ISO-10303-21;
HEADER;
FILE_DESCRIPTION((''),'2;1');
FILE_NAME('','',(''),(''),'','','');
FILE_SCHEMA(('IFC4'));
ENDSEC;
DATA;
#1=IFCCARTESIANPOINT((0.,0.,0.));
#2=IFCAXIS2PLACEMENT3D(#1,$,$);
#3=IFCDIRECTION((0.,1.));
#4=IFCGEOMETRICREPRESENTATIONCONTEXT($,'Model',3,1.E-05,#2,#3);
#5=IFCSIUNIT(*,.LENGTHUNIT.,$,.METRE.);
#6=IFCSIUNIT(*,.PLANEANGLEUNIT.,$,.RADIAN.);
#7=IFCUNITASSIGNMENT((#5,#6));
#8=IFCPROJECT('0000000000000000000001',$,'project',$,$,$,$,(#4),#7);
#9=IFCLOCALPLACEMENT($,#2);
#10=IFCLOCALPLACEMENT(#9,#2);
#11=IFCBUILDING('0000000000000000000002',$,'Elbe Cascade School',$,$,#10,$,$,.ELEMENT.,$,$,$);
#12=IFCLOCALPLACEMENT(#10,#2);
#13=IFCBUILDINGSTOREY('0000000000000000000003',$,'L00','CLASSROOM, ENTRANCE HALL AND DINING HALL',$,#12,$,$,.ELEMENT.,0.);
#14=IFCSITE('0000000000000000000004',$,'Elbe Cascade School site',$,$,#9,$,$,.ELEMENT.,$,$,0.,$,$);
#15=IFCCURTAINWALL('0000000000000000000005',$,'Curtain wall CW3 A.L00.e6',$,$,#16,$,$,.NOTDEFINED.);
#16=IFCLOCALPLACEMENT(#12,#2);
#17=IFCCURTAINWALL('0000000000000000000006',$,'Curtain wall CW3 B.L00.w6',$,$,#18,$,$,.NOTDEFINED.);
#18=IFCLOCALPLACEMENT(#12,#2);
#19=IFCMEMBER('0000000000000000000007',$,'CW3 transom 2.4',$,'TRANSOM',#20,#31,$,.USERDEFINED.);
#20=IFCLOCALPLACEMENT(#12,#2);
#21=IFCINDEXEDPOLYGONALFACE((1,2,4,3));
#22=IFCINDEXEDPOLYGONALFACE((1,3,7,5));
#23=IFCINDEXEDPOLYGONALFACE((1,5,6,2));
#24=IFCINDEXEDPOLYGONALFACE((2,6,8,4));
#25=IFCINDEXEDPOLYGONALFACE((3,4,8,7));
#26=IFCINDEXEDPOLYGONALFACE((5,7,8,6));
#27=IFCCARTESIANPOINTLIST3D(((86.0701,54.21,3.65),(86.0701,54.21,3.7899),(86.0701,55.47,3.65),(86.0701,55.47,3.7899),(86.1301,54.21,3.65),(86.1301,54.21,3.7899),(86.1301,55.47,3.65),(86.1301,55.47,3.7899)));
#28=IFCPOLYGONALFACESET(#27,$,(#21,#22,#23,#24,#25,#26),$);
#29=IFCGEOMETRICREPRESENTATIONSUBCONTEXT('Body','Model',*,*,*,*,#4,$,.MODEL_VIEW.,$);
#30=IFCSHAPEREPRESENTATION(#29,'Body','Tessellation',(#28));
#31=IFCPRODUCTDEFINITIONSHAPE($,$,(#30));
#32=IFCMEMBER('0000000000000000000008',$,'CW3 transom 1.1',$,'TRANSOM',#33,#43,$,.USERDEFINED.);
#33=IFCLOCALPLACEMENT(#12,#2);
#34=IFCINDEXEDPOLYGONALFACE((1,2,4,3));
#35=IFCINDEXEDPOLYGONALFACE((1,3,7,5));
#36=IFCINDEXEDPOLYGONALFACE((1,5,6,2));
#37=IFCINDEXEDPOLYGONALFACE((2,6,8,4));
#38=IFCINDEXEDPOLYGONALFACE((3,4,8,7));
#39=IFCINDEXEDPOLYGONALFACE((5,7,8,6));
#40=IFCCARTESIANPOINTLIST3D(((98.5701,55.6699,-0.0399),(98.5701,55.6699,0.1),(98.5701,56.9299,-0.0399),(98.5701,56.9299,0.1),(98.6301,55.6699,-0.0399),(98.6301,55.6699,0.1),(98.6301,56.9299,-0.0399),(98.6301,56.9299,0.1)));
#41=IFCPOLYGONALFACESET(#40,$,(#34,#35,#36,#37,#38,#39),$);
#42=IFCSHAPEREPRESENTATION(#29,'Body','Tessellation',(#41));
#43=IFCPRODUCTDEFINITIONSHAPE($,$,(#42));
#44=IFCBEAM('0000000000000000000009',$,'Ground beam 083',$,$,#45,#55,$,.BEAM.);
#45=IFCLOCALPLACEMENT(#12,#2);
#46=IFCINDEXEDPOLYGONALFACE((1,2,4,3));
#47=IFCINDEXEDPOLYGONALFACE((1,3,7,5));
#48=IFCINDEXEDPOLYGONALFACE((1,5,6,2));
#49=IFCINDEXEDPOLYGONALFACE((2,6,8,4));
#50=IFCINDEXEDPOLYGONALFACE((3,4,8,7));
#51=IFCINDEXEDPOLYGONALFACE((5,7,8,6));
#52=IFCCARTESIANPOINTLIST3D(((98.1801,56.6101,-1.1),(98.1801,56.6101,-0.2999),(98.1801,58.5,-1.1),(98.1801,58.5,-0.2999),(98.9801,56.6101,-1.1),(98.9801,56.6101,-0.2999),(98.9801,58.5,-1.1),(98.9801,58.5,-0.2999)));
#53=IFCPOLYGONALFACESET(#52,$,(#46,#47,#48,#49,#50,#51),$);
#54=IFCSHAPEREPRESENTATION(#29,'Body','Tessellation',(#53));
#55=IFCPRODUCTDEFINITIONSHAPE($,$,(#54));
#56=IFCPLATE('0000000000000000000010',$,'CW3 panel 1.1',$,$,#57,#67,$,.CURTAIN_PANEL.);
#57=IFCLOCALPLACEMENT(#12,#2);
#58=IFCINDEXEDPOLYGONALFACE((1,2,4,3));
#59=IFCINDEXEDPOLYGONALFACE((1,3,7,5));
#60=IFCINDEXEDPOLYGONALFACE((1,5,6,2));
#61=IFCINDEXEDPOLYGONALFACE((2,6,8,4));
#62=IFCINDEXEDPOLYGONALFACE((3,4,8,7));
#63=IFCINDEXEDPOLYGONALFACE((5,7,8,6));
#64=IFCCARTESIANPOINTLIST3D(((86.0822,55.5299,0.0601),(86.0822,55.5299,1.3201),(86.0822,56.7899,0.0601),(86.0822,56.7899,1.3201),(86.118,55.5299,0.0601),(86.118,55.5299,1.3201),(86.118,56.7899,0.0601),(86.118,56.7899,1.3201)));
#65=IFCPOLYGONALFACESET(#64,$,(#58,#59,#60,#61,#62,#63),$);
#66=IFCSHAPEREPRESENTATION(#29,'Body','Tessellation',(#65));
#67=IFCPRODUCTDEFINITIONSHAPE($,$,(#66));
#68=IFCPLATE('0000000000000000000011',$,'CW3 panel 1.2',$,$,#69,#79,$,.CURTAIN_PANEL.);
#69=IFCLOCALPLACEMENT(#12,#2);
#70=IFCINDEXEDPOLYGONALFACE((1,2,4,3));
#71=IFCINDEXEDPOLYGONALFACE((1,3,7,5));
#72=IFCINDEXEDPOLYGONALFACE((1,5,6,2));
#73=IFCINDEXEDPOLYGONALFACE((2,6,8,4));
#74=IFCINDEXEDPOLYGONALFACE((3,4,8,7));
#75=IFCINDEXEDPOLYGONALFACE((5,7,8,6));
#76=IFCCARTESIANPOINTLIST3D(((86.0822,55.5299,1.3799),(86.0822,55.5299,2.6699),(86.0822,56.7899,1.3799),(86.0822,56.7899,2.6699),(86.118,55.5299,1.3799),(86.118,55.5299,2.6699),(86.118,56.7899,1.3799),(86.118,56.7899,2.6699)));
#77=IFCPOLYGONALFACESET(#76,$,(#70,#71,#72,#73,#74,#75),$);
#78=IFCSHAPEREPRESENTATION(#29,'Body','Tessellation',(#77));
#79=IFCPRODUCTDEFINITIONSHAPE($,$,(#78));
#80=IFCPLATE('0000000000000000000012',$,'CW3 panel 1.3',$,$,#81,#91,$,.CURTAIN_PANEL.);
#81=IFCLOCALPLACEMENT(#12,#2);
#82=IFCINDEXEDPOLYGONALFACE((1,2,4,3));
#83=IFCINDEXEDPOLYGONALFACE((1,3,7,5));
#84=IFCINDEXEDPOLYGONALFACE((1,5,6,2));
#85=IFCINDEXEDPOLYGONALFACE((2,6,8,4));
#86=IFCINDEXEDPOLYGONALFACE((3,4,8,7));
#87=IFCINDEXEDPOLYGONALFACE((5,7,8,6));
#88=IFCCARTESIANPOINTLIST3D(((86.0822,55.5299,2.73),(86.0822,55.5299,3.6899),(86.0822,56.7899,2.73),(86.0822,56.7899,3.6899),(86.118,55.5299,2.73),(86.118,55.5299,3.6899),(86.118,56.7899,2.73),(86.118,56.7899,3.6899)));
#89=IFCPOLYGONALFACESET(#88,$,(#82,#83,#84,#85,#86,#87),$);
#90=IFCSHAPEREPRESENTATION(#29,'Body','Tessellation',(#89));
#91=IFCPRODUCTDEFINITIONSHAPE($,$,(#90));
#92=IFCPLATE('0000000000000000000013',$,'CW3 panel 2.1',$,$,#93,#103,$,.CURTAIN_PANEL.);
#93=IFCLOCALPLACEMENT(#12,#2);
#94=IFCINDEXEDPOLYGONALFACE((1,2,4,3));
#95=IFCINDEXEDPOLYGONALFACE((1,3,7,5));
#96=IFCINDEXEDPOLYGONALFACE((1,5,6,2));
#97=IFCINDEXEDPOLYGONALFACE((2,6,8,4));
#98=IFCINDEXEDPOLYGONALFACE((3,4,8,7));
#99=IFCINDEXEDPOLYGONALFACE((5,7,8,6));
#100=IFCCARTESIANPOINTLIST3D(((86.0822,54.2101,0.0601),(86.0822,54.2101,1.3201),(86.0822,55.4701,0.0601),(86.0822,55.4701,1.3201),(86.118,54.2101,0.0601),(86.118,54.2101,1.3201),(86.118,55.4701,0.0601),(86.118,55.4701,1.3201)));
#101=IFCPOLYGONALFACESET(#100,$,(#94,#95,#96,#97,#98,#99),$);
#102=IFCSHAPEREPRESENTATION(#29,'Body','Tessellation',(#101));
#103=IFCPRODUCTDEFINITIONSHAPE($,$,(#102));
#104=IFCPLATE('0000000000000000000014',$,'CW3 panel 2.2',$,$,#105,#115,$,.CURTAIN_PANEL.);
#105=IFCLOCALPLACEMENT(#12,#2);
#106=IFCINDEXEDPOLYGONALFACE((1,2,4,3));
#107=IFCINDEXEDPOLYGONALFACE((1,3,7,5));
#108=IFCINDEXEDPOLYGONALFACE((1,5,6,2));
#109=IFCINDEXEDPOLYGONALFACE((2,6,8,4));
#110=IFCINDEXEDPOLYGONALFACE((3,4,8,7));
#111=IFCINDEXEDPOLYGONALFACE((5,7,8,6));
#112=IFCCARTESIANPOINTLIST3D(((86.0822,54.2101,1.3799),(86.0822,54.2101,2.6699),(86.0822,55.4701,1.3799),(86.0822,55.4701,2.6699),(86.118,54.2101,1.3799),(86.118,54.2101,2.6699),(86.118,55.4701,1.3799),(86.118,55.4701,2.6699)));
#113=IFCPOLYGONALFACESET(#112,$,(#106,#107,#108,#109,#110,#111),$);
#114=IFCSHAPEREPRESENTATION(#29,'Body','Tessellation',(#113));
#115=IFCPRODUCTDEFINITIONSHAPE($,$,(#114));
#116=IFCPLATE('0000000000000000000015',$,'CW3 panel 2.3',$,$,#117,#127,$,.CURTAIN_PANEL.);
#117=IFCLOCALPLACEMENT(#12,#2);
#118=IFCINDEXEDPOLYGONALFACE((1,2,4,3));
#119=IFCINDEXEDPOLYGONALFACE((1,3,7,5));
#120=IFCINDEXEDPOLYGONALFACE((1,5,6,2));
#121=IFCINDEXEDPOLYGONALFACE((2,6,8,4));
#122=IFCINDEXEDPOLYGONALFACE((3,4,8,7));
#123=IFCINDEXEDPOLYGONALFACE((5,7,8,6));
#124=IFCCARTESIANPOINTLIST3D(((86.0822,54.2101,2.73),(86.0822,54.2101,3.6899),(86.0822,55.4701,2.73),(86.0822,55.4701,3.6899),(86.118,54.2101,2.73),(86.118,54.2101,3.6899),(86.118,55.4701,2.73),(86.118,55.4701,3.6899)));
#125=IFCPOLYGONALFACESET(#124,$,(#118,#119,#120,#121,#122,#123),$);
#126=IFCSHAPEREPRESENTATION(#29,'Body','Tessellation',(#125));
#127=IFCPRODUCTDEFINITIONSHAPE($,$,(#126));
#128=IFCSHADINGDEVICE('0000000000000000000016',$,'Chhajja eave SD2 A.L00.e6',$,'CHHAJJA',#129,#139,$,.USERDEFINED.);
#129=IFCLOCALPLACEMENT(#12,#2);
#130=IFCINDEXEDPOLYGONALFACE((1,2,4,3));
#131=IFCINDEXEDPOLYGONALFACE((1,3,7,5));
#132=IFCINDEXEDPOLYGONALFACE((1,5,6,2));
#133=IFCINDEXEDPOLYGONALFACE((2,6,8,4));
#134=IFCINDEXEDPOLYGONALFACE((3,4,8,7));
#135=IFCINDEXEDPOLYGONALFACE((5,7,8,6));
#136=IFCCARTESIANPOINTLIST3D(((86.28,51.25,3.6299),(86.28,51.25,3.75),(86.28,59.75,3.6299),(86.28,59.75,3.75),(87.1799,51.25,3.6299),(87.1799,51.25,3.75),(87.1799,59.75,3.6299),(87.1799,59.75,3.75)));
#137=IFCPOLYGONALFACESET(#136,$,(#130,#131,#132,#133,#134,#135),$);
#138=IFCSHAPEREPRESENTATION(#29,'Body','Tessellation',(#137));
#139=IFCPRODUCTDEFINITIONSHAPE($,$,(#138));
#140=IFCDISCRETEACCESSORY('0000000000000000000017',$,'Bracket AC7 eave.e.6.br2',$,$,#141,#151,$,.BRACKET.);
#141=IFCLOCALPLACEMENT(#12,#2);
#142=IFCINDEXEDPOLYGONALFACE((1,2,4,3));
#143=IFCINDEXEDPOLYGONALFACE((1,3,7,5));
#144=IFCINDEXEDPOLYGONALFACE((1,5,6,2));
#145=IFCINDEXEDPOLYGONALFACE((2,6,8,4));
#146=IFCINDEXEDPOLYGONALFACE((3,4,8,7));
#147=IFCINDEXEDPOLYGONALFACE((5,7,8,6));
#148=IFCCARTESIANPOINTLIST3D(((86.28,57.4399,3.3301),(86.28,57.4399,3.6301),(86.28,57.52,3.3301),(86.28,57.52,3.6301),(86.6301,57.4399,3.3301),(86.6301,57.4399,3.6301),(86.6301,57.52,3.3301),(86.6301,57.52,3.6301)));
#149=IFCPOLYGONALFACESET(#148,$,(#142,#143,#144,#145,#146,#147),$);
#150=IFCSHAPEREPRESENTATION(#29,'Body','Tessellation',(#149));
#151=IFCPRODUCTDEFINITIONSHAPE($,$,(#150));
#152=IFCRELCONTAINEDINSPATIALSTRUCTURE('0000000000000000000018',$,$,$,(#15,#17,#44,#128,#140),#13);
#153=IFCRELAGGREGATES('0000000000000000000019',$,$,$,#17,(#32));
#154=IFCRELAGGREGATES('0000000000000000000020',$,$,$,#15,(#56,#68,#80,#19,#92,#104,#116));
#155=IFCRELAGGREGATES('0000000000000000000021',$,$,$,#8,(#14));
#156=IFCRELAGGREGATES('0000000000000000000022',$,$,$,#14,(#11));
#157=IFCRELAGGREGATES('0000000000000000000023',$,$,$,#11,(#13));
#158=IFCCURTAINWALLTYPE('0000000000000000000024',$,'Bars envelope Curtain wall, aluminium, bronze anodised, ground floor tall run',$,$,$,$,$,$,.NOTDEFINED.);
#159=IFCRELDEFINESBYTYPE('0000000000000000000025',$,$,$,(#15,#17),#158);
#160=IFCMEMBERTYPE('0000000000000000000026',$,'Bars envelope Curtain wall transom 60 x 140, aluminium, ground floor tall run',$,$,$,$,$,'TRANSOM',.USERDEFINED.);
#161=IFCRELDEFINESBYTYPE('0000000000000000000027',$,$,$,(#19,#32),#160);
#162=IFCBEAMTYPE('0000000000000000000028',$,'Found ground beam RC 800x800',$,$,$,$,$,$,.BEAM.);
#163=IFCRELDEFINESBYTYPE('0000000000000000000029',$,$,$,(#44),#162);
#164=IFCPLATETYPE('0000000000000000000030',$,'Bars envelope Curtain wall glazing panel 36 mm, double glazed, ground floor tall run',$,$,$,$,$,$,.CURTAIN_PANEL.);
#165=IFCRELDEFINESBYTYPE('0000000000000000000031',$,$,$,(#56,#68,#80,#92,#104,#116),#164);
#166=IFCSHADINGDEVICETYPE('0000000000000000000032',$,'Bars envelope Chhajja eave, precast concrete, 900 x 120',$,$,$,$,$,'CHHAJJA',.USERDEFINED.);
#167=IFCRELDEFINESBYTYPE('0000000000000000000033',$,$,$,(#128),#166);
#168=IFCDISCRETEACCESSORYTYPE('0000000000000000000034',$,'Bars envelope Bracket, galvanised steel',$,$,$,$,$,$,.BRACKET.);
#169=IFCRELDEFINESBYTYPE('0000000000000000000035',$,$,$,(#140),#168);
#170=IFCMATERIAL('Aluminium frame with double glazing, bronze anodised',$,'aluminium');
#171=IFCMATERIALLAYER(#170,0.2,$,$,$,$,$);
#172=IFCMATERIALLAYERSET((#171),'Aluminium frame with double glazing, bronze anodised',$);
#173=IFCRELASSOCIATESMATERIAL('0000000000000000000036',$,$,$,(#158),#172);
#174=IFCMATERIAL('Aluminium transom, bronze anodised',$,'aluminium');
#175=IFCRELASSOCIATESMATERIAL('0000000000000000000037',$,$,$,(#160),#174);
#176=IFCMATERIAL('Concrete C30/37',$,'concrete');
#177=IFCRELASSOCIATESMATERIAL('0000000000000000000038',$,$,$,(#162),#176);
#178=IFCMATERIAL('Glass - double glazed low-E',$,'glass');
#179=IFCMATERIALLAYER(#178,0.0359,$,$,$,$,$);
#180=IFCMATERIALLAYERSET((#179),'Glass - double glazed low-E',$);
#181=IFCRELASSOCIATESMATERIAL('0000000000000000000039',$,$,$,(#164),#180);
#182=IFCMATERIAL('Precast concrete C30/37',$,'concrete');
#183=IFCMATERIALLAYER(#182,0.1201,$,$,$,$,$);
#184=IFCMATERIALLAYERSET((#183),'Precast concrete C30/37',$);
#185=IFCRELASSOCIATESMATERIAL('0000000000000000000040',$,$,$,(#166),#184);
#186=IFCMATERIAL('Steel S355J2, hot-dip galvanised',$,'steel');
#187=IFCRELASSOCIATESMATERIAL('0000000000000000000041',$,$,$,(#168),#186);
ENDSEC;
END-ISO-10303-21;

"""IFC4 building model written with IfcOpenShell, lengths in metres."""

from ifc_helpers import new_model, si_unit, direction, frame, origin, origin_2d, place, context, subcontext, project, spatial, rectangle, extrude, material, layer, layer_set, material_profile, profile_set, type_object, element, aggregate, save


model = new_model("IFC4")

# Units and contexts
model_context = context("Model", 3, precision=1e-05, world=origin(), true_north=direction((0.0, 1.0)))
body_context = subcontext(model_context, "Body", "Model", "MODEL_VIEW")
ifc_project = project(units=[si_unit("LENGTHUNIT", "METRE"), si_unit("PLANEANGLEUNIT", "RADIAN")], contexts=[model_context])

# Site, building, storey
site_placement = place(None, origin())
site = spatial("IfcSite", under=ifc_project, at=site_placement, Name="Elbe Cascade School site", CompositionType="ELEMENT", RefElevation=0.0)
building_placement = place(site_placement, origin())
building = spatial("IfcBuilding", under=site, at=building_placement, Name="Elbe Cascade School", CompositionType="ELEMENT")
storey_placement = place(building_placement, origin())
storey = spatial("IfcBuildingStorey", under=building, at=storey_placement, Name="L00", Description="CLASSROOM, ENTRANCE HALL AND DINING HALL", CompositionType="ELEMENT", Elevation=0.0)

# Curtain wall
ifc_material_1 = material(Name="Aluminium frame with double glazing, bronze anodised", Category="aluminium")
ifc_layer_1 = layer(ifc_material_1, 0.2)
ifc_layer_set_1 = layer_set([ifc_layer_1], Name="Aluminium frame with double glazing, bronze anodised")
curtain_wall_type = type_object("IfcCurtainWallType", Name="Bars envelope Curtain wall, aluminium, bronze anodised, ground floor tall run", PredefinedType="NOTDEFINED", material=ifc_layer_set_1)
curtain_wall_1_placement = place(storey_placement, origin())
curtain_wall_1 = element("IfcCurtainWall", 1, at=curtain_wall_1_placement, inside=storey, type_object=curtain_wall_type, Name="Curtain wall CW3 A.L00.e6", PredefinedType="NOTDEFINED")

# Curtain wall
curtain_wall_2_placement = place(storey_placement, origin())
curtain_wall_2 = element("IfcCurtainWall", 2, at=curtain_wall_2_placement, inside=storey, type_object=curtain_wall_type, Name="Curtain wall CW3 B.L00.w6", PredefinedType="NOTDEFINED")

# Members
ifc_material_2 = material(Name="Aluminium transom, bronze anodised", Category="aluminium")
ifc_material_profile_1 = material_profile(ifc_material_2, rectangle(XDim=0.0601, YDim=0.1399, at=origin_2d()), Name="Bars envelope Curtain wall transom 60 x 140, aluminium, ground floor tall run")
ifc_profile_set_1 = profile_set([ifc_material_profile_1], Name="Aluminium transom, bronze anodised")
member_type_1 = type_object("IfcMemberType", Name="Bars envelope Curtain wall transom 60 x 140, aluminium, ground floor tall run", ElementType="TRANSOM", PredefinedType="USERDEFINED", material=ifc_profile_set_1)
member_1_placement = place(storey_placement, frame((86.1001, 55.47, 3.72), z_axis=(0.0, -1.0, 0.0), x_axis=(1.0, 0.0, 0.0)))
member_1 = element("IfcMember", 3, at=member_1_placement, type_object=member_type_1, Name="CW3 transom 2.4", ObjectType="TRANSOM", PredefinedType="USERDEFINED", context=body_context, shape_type="SweptSolid", body=[
    extrude(rectangle(XDim=0.0601, YDim=0.1399, at=origin_2d()), origin(), (0.0, 0.0, 1.0), 1.26),
])
member_2_placement = place(storey_placement, frame((98.6001, 55.6699, 0.03), z_axis=(0.0, 1.0, 0.0), x_axis=(-1.0, 0.0, 0.0)))
member_2 = element("IfcMember", 4, at=member_2_placement, type_object=member_type_1, Name="CW3 transom 1.1", ObjectType="TRANSOM", PredefinedType="USERDEFINED", context=body_context, shape_type="SweptSolid", body=[
    extrude(rectangle(XDim=0.0601, YDim=0.1399, at=origin_2d()), origin(), (0.0, 0.0, 1.0), 1.26),
])
aggregate(curtain_wall_2, [member_2])

# Beam
ifc_material_3 = material(Name="Concrete C30/37", Category="concrete")
ifc_material_profile_2 = material_profile(ifc_material_3, rectangle(XDim=0.8, YDim=0.8, at=origin_2d()), Name="RC 800x800")
ifc_profile_set_2 = profile_set([ifc_material_profile_2], Name="Concrete C30/37")
beam_type = type_object("IfcBeamType", Name="Found ground beam RC 800x800", PredefinedType="BEAM", material=ifc_profile_set_2)
beam_placement = place(storey_placement, frame((98.5801, 56.6101, -0.7), z_axis=(0.0, 1.0, 0.0), x_axis=(-1.0, 0.0, 0.0)))
element("IfcBeam", 5, at=beam_placement, inside=storey, type_object=beam_type, Name="Ground beam 083", PredefinedType="BEAM", context=body_context, shape_type="SweptSolid", body=[
    extrude(rectangle(XDim=0.8, YDim=0.8, at=origin_2d()), origin(), (0.0, 0.0, 1.0), 1.8899),
])

# Plates
ifc_material_4 = material(Name="Glass - double glazed low-E", Category="glass")
ifc_layer_2 = layer(ifc_material_4, 0.0359)
ifc_layer_set_2 = layer_set([ifc_layer_2], Name="Glass - double glazed low-E")
plate_type = type_object("IfcPlateType", Name="Bars envelope Curtain wall glazing panel 36 mm, double glazed, ground floor tall run", PredefinedType="CURTAIN_PANEL", material=ifc_layer_set_2)
plate_1_placement = place(storey_placement, frame((86.1001, 56.1599, 0.0601), z_axis=(0.0, 0.0, 1.0), x_axis=(0.0, -1.0, 0.0)))
plate_1 = element("IfcPlate", 6, at=plate_1_placement, type_object=plate_type, Name="CW3 panel 1.1", PredefinedType="CURTAIN_PANEL", context=body_context, shape_type="SweptSolid", body=[
    extrude(rectangle(XDim=1.26, YDim=0.0359, at=origin_2d()), origin(), (0.0, 0.0, 1.0), 1.26),
])
plate_2_placement = place(storey_placement, frame((86.1001, 56.1599, 1.3799), z_axis=(0.0, 0.0, 1.0), x_axis=(0.0, -1.0, 0.0)))
plate_2 = element("IfcPlate", 7, at=plate_2_placement, type_object=plate_type, Name="CW3 panel 1.2", PredefinedType="CURTAIN_PANEL", context=body_context, shape_type="SweptSolid", body=[
    extrude(rectangle(XDim=1.26, YDim=0.0359, at=origin_2d()), origin(), (0.0, 0.0, 1.0), 1.29),
])
plate_3_placement = place(storey_placement, frame((86.1001, 56.1599, 2.73), z_axis=(0.0, 0.0, 1.0), x_axis=(0.0, -1.0, 0.0)))
plate_3 = element("IfcPlate", 8, at=plate_3_placement, type_object=plate_type, Name="CW3 panel 1.3", PredefinedType="CURTAIN_PANEL", context=body_context, shape_type="SweptSolid", body=[
    extrude(rectangle(XDim=1.26, YDim=0.0359, at=origin_2d()), origin(), (0.0, 0.0, 1.0), 0.96),
])
plate_4_placement = place(storey_placement, frame((86.1001, 54.8401, 0.0601), z_axis=(0.0, 0.0, 1.0), x_axis=(0.0, -1.0, 0.0)))
plate_4 = element("IfcPlate", 9, at=plate_4_placement, type_object=plate_type, Name="CW3 panel 2.1", PredefinedType="CURTAIN_PANEL", context=body_context, shape_type="SweptSolid", body=[
    extrude(rectangle(XDim=1.26, YDim=0.0359, at=origin_2d()), origin(), (0.0, 0.0, 1.0), 1.26),
])
plate_5_placement = place(storey_placement, frame((86.1001, 54.8401, 1.3799), z_axis=(0.0, 0.0, 1.0), x_axis=(0.0, -1.0, 0.0)))
plate_5 = element("IfcPlate", 10, at=plate_5_placement, type_object=plate_type, Name="CW3 panel 2.2", PredefinedType="CURTAIN_PANEL", context=body_context, shape_type="SweptSolid", body=[
    extrude(rectangle(XDim=1.26, YDim=0.0359, at=origin_2d()), origin(), (0.0, 0.0, 1.0), 1.29),
])
plate_6_placement = place(storey_placement, frame((86.1001, 54.8401, 2.73), z_axis=(0.0, 0.0, 1.0), x_axis=(0.0, -1.0, 0.0)))
plate_6 = element("IfcPlate", 11, at=plate_6_placement, type_object=plate_type, Name="CW3 panel 2.3", PredefinedType="CURTAIN_PANEL", context=body_context, shape_type="SweptSolid", body=[
    extrude(rectangle(XDim=1.26, YDim=0.0359, at=origin_2d()), origin(), (0.0, 0.0, 1.0), 0.96),
])
aggregate(curtain_wall_1, [plate_1, plate_2, plate_3, member_1, plate_4, plate_5, plate_6])

# Shading device
ifc_material_5 = material(Name="Precast concrete C30/37", Category="concrete")
ifc_layer_3 = layer(ifc_material_5, 0.1201)
ifc_layer_set_3 = layer_set([ifc_layer_3], Name="Precast concrete C30/37")
shading_device_type = type_object("IfcShadingDeviceType", Name="Bars envelope Chhajja eave, precast concrete, 900 x 120", ElementType="CHHAJJA", PredefinedType="USERDEFINED", material=ifc_layer_set_3)
shading_device_placement = place(storey_placement, frame((86.73, 55.5, 3.6299), z_axis=(0.0, 0.0, 1.0), x_axis=(0.0, 1.0, 0.0)))
element("IfcShadingDevice", 12, at=shading_device_placement, inside=storey, type_object=shading_device_type, Name="Chhajja eave SD2 A.L00.e6", ObjectType="CHHAJJA", PredefinedType="USERDEFINED", context=body_context, shape_type="SweptSolid", body=[
    extrude(rectangle(XDim=8.5, YDim=0.8999, at=origin_2d()), origin(), (0.0, 0.0, 1.0), 0.1201),
])

# Discrete accessory
ifc_material_6 = material(Name="Steel S355J2, hot-dip galvanised", Category="steel")
discrete_accessory_type = type_object("IfcDiscreteAccessoryType", Name="Bars envelope Bracket, galvanised steel", PredefinedType="BRACKET", material=ifc_material_6)
discrete_accessory_placement = place(storey_placement, frame((86.4551, 57.48, 3.3301), z_axis=(0.0, 0.0, 1.0), x_axis=(0.0, 1.0, 0.0)))
element("IfcDiscreteAccessory", 13, at=discrete_accessory_placement, inside=storey, type_object=discrete_accessory_type, Name="Bracket AC7 eave.e.6.br2", PredefinedType="BRACKET", context=body_context, shape_type="SweptSolid", body=[
    extrude(rectangle(XDim=0.0801, YDim=0.3501, at=origin_2d()), origin(), (0.0, 0.0, 1.0), 0.3),
])

save(model, "model.ifc")
